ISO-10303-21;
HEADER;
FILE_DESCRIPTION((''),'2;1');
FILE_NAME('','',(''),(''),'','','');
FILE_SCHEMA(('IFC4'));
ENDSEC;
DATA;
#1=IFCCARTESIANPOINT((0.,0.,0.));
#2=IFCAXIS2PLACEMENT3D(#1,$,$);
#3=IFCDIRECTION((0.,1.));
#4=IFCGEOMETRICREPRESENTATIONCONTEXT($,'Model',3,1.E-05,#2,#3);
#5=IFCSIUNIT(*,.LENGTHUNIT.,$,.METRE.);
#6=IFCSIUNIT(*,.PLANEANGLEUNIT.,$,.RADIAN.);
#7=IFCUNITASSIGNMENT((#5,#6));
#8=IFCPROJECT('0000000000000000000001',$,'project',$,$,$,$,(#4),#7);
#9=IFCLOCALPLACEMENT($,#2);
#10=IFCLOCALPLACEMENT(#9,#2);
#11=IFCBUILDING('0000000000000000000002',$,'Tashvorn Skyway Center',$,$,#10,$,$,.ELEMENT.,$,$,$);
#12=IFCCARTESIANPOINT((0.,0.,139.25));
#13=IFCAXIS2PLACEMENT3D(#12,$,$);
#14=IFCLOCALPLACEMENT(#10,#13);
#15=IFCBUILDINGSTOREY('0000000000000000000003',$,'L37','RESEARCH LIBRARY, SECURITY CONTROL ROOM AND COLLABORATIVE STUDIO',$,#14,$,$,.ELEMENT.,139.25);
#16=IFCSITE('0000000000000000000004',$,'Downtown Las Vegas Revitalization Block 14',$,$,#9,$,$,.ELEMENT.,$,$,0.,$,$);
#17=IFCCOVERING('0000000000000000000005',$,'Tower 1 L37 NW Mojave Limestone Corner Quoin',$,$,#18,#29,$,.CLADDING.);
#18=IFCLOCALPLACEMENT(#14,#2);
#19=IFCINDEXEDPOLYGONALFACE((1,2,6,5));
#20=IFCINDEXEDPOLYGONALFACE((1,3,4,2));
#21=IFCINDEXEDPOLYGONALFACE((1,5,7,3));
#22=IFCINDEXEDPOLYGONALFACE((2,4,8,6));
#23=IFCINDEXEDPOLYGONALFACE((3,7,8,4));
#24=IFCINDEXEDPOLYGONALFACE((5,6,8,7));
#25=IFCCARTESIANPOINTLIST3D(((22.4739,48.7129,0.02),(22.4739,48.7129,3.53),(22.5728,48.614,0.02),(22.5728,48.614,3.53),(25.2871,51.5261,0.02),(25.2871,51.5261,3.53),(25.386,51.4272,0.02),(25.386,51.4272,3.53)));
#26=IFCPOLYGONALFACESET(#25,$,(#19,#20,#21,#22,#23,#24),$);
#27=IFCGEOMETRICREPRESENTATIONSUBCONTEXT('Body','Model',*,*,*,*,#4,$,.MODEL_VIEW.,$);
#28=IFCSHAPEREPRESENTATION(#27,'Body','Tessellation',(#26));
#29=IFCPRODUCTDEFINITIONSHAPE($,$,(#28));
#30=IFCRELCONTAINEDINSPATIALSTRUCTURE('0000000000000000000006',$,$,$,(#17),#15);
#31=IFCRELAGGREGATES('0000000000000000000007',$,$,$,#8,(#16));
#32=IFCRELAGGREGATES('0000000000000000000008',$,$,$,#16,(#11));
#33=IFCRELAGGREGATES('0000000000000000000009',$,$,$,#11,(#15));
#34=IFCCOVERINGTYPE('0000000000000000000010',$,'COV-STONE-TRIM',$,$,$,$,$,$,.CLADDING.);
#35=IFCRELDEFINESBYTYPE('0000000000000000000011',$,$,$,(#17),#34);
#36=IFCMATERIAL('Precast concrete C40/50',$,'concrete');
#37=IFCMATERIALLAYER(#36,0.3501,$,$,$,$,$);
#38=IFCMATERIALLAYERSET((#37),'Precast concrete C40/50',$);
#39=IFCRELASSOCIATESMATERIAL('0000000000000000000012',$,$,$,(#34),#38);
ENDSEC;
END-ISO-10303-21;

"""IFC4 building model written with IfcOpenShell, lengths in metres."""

from ifc_helpers import new_model, si_unit, direction, frame, origin, origin_2d, place, context, subcontext, project, spatial, rectangle, extrude, material, layer, layer_set, type_object, element, save


model = new_model("IFC4")

# Units and contexts
model_context = context("Model", 3, precision=1e-05, world=origin(), true_north=direction((0.0, 1.0)))
body_context = subcontext(model_context, "Body", "Model", "MODEL_VIEW")
ifc_project = project(units=[si_unit("LENGTHUNIT", "METRE"), si_unit("PLANEANGLEUNIT", "RADIAN")], contexts=[model_context])

# Site, building, storey
site_placement = place(None, origin())
site = spatial("IfcSite", under=ifc_project, at=site_placement, Name="Downtown Las Vegas Revitalization Block 14", CompositionType="ELEMENT", RefElevation=0.0)
building_placement = place(site_placement, origin())
building = spatial("IfcBuilding", under=site, at=building_placement, Name="Tashvorn Skyway Center", CompositionType="ELEMENT")
storey_placement = place(building_placement, frame((0.0, 0.0, 139.25)))
storey = spatial("IfcBuildingStorey", under=building, at=storey_placement, Name="L37", Description="RESEARCH LIBRARY, SECURITY CONTROL ROOM AND COLLABORATIVE STUDIO", CompositionType="ELEMENT", Elevation=139.25)

# Shared definitions
ifc_material_1 = material(Name="Precast concrete C40/50", Category="concrete")

# Covering
ifc_layer_1 = layer(ifc_material_1, 0.3501)
ifc_layer_set_1 = layer_set([ifc_layer_1], Name="Precast concrete C40/50")
covering_type_1 = type_object("IfcCoveringType", Name="COV-STONE-TRIM", PredefinedType="CLADDING", material=ifc_layer_set_1)
covering_1_placement = place(storey_placement, frame((23.9299, 50.0701, 0.02), z_axis=(0.0, 0.0, 1.0), x_axis=(-0.707107, -0.707107, 0.0)))
element("IfcCovering", 1, at=covering_1_placement, inside=storey, type_object=covering_type_1, Name="Tower 1 L37 NW Mojave Limestone Corner Quoin", PredefinedType="CLADDING", context=body_context, shape_type="SweptSolid", body=[
    extrude(rectangle(XDim=3.9785, YDim=0.1399, at=origin_2d()), origin(), (0.0, 0.0, 1.0), 3.51),
])

save(model, "model.ifc")
